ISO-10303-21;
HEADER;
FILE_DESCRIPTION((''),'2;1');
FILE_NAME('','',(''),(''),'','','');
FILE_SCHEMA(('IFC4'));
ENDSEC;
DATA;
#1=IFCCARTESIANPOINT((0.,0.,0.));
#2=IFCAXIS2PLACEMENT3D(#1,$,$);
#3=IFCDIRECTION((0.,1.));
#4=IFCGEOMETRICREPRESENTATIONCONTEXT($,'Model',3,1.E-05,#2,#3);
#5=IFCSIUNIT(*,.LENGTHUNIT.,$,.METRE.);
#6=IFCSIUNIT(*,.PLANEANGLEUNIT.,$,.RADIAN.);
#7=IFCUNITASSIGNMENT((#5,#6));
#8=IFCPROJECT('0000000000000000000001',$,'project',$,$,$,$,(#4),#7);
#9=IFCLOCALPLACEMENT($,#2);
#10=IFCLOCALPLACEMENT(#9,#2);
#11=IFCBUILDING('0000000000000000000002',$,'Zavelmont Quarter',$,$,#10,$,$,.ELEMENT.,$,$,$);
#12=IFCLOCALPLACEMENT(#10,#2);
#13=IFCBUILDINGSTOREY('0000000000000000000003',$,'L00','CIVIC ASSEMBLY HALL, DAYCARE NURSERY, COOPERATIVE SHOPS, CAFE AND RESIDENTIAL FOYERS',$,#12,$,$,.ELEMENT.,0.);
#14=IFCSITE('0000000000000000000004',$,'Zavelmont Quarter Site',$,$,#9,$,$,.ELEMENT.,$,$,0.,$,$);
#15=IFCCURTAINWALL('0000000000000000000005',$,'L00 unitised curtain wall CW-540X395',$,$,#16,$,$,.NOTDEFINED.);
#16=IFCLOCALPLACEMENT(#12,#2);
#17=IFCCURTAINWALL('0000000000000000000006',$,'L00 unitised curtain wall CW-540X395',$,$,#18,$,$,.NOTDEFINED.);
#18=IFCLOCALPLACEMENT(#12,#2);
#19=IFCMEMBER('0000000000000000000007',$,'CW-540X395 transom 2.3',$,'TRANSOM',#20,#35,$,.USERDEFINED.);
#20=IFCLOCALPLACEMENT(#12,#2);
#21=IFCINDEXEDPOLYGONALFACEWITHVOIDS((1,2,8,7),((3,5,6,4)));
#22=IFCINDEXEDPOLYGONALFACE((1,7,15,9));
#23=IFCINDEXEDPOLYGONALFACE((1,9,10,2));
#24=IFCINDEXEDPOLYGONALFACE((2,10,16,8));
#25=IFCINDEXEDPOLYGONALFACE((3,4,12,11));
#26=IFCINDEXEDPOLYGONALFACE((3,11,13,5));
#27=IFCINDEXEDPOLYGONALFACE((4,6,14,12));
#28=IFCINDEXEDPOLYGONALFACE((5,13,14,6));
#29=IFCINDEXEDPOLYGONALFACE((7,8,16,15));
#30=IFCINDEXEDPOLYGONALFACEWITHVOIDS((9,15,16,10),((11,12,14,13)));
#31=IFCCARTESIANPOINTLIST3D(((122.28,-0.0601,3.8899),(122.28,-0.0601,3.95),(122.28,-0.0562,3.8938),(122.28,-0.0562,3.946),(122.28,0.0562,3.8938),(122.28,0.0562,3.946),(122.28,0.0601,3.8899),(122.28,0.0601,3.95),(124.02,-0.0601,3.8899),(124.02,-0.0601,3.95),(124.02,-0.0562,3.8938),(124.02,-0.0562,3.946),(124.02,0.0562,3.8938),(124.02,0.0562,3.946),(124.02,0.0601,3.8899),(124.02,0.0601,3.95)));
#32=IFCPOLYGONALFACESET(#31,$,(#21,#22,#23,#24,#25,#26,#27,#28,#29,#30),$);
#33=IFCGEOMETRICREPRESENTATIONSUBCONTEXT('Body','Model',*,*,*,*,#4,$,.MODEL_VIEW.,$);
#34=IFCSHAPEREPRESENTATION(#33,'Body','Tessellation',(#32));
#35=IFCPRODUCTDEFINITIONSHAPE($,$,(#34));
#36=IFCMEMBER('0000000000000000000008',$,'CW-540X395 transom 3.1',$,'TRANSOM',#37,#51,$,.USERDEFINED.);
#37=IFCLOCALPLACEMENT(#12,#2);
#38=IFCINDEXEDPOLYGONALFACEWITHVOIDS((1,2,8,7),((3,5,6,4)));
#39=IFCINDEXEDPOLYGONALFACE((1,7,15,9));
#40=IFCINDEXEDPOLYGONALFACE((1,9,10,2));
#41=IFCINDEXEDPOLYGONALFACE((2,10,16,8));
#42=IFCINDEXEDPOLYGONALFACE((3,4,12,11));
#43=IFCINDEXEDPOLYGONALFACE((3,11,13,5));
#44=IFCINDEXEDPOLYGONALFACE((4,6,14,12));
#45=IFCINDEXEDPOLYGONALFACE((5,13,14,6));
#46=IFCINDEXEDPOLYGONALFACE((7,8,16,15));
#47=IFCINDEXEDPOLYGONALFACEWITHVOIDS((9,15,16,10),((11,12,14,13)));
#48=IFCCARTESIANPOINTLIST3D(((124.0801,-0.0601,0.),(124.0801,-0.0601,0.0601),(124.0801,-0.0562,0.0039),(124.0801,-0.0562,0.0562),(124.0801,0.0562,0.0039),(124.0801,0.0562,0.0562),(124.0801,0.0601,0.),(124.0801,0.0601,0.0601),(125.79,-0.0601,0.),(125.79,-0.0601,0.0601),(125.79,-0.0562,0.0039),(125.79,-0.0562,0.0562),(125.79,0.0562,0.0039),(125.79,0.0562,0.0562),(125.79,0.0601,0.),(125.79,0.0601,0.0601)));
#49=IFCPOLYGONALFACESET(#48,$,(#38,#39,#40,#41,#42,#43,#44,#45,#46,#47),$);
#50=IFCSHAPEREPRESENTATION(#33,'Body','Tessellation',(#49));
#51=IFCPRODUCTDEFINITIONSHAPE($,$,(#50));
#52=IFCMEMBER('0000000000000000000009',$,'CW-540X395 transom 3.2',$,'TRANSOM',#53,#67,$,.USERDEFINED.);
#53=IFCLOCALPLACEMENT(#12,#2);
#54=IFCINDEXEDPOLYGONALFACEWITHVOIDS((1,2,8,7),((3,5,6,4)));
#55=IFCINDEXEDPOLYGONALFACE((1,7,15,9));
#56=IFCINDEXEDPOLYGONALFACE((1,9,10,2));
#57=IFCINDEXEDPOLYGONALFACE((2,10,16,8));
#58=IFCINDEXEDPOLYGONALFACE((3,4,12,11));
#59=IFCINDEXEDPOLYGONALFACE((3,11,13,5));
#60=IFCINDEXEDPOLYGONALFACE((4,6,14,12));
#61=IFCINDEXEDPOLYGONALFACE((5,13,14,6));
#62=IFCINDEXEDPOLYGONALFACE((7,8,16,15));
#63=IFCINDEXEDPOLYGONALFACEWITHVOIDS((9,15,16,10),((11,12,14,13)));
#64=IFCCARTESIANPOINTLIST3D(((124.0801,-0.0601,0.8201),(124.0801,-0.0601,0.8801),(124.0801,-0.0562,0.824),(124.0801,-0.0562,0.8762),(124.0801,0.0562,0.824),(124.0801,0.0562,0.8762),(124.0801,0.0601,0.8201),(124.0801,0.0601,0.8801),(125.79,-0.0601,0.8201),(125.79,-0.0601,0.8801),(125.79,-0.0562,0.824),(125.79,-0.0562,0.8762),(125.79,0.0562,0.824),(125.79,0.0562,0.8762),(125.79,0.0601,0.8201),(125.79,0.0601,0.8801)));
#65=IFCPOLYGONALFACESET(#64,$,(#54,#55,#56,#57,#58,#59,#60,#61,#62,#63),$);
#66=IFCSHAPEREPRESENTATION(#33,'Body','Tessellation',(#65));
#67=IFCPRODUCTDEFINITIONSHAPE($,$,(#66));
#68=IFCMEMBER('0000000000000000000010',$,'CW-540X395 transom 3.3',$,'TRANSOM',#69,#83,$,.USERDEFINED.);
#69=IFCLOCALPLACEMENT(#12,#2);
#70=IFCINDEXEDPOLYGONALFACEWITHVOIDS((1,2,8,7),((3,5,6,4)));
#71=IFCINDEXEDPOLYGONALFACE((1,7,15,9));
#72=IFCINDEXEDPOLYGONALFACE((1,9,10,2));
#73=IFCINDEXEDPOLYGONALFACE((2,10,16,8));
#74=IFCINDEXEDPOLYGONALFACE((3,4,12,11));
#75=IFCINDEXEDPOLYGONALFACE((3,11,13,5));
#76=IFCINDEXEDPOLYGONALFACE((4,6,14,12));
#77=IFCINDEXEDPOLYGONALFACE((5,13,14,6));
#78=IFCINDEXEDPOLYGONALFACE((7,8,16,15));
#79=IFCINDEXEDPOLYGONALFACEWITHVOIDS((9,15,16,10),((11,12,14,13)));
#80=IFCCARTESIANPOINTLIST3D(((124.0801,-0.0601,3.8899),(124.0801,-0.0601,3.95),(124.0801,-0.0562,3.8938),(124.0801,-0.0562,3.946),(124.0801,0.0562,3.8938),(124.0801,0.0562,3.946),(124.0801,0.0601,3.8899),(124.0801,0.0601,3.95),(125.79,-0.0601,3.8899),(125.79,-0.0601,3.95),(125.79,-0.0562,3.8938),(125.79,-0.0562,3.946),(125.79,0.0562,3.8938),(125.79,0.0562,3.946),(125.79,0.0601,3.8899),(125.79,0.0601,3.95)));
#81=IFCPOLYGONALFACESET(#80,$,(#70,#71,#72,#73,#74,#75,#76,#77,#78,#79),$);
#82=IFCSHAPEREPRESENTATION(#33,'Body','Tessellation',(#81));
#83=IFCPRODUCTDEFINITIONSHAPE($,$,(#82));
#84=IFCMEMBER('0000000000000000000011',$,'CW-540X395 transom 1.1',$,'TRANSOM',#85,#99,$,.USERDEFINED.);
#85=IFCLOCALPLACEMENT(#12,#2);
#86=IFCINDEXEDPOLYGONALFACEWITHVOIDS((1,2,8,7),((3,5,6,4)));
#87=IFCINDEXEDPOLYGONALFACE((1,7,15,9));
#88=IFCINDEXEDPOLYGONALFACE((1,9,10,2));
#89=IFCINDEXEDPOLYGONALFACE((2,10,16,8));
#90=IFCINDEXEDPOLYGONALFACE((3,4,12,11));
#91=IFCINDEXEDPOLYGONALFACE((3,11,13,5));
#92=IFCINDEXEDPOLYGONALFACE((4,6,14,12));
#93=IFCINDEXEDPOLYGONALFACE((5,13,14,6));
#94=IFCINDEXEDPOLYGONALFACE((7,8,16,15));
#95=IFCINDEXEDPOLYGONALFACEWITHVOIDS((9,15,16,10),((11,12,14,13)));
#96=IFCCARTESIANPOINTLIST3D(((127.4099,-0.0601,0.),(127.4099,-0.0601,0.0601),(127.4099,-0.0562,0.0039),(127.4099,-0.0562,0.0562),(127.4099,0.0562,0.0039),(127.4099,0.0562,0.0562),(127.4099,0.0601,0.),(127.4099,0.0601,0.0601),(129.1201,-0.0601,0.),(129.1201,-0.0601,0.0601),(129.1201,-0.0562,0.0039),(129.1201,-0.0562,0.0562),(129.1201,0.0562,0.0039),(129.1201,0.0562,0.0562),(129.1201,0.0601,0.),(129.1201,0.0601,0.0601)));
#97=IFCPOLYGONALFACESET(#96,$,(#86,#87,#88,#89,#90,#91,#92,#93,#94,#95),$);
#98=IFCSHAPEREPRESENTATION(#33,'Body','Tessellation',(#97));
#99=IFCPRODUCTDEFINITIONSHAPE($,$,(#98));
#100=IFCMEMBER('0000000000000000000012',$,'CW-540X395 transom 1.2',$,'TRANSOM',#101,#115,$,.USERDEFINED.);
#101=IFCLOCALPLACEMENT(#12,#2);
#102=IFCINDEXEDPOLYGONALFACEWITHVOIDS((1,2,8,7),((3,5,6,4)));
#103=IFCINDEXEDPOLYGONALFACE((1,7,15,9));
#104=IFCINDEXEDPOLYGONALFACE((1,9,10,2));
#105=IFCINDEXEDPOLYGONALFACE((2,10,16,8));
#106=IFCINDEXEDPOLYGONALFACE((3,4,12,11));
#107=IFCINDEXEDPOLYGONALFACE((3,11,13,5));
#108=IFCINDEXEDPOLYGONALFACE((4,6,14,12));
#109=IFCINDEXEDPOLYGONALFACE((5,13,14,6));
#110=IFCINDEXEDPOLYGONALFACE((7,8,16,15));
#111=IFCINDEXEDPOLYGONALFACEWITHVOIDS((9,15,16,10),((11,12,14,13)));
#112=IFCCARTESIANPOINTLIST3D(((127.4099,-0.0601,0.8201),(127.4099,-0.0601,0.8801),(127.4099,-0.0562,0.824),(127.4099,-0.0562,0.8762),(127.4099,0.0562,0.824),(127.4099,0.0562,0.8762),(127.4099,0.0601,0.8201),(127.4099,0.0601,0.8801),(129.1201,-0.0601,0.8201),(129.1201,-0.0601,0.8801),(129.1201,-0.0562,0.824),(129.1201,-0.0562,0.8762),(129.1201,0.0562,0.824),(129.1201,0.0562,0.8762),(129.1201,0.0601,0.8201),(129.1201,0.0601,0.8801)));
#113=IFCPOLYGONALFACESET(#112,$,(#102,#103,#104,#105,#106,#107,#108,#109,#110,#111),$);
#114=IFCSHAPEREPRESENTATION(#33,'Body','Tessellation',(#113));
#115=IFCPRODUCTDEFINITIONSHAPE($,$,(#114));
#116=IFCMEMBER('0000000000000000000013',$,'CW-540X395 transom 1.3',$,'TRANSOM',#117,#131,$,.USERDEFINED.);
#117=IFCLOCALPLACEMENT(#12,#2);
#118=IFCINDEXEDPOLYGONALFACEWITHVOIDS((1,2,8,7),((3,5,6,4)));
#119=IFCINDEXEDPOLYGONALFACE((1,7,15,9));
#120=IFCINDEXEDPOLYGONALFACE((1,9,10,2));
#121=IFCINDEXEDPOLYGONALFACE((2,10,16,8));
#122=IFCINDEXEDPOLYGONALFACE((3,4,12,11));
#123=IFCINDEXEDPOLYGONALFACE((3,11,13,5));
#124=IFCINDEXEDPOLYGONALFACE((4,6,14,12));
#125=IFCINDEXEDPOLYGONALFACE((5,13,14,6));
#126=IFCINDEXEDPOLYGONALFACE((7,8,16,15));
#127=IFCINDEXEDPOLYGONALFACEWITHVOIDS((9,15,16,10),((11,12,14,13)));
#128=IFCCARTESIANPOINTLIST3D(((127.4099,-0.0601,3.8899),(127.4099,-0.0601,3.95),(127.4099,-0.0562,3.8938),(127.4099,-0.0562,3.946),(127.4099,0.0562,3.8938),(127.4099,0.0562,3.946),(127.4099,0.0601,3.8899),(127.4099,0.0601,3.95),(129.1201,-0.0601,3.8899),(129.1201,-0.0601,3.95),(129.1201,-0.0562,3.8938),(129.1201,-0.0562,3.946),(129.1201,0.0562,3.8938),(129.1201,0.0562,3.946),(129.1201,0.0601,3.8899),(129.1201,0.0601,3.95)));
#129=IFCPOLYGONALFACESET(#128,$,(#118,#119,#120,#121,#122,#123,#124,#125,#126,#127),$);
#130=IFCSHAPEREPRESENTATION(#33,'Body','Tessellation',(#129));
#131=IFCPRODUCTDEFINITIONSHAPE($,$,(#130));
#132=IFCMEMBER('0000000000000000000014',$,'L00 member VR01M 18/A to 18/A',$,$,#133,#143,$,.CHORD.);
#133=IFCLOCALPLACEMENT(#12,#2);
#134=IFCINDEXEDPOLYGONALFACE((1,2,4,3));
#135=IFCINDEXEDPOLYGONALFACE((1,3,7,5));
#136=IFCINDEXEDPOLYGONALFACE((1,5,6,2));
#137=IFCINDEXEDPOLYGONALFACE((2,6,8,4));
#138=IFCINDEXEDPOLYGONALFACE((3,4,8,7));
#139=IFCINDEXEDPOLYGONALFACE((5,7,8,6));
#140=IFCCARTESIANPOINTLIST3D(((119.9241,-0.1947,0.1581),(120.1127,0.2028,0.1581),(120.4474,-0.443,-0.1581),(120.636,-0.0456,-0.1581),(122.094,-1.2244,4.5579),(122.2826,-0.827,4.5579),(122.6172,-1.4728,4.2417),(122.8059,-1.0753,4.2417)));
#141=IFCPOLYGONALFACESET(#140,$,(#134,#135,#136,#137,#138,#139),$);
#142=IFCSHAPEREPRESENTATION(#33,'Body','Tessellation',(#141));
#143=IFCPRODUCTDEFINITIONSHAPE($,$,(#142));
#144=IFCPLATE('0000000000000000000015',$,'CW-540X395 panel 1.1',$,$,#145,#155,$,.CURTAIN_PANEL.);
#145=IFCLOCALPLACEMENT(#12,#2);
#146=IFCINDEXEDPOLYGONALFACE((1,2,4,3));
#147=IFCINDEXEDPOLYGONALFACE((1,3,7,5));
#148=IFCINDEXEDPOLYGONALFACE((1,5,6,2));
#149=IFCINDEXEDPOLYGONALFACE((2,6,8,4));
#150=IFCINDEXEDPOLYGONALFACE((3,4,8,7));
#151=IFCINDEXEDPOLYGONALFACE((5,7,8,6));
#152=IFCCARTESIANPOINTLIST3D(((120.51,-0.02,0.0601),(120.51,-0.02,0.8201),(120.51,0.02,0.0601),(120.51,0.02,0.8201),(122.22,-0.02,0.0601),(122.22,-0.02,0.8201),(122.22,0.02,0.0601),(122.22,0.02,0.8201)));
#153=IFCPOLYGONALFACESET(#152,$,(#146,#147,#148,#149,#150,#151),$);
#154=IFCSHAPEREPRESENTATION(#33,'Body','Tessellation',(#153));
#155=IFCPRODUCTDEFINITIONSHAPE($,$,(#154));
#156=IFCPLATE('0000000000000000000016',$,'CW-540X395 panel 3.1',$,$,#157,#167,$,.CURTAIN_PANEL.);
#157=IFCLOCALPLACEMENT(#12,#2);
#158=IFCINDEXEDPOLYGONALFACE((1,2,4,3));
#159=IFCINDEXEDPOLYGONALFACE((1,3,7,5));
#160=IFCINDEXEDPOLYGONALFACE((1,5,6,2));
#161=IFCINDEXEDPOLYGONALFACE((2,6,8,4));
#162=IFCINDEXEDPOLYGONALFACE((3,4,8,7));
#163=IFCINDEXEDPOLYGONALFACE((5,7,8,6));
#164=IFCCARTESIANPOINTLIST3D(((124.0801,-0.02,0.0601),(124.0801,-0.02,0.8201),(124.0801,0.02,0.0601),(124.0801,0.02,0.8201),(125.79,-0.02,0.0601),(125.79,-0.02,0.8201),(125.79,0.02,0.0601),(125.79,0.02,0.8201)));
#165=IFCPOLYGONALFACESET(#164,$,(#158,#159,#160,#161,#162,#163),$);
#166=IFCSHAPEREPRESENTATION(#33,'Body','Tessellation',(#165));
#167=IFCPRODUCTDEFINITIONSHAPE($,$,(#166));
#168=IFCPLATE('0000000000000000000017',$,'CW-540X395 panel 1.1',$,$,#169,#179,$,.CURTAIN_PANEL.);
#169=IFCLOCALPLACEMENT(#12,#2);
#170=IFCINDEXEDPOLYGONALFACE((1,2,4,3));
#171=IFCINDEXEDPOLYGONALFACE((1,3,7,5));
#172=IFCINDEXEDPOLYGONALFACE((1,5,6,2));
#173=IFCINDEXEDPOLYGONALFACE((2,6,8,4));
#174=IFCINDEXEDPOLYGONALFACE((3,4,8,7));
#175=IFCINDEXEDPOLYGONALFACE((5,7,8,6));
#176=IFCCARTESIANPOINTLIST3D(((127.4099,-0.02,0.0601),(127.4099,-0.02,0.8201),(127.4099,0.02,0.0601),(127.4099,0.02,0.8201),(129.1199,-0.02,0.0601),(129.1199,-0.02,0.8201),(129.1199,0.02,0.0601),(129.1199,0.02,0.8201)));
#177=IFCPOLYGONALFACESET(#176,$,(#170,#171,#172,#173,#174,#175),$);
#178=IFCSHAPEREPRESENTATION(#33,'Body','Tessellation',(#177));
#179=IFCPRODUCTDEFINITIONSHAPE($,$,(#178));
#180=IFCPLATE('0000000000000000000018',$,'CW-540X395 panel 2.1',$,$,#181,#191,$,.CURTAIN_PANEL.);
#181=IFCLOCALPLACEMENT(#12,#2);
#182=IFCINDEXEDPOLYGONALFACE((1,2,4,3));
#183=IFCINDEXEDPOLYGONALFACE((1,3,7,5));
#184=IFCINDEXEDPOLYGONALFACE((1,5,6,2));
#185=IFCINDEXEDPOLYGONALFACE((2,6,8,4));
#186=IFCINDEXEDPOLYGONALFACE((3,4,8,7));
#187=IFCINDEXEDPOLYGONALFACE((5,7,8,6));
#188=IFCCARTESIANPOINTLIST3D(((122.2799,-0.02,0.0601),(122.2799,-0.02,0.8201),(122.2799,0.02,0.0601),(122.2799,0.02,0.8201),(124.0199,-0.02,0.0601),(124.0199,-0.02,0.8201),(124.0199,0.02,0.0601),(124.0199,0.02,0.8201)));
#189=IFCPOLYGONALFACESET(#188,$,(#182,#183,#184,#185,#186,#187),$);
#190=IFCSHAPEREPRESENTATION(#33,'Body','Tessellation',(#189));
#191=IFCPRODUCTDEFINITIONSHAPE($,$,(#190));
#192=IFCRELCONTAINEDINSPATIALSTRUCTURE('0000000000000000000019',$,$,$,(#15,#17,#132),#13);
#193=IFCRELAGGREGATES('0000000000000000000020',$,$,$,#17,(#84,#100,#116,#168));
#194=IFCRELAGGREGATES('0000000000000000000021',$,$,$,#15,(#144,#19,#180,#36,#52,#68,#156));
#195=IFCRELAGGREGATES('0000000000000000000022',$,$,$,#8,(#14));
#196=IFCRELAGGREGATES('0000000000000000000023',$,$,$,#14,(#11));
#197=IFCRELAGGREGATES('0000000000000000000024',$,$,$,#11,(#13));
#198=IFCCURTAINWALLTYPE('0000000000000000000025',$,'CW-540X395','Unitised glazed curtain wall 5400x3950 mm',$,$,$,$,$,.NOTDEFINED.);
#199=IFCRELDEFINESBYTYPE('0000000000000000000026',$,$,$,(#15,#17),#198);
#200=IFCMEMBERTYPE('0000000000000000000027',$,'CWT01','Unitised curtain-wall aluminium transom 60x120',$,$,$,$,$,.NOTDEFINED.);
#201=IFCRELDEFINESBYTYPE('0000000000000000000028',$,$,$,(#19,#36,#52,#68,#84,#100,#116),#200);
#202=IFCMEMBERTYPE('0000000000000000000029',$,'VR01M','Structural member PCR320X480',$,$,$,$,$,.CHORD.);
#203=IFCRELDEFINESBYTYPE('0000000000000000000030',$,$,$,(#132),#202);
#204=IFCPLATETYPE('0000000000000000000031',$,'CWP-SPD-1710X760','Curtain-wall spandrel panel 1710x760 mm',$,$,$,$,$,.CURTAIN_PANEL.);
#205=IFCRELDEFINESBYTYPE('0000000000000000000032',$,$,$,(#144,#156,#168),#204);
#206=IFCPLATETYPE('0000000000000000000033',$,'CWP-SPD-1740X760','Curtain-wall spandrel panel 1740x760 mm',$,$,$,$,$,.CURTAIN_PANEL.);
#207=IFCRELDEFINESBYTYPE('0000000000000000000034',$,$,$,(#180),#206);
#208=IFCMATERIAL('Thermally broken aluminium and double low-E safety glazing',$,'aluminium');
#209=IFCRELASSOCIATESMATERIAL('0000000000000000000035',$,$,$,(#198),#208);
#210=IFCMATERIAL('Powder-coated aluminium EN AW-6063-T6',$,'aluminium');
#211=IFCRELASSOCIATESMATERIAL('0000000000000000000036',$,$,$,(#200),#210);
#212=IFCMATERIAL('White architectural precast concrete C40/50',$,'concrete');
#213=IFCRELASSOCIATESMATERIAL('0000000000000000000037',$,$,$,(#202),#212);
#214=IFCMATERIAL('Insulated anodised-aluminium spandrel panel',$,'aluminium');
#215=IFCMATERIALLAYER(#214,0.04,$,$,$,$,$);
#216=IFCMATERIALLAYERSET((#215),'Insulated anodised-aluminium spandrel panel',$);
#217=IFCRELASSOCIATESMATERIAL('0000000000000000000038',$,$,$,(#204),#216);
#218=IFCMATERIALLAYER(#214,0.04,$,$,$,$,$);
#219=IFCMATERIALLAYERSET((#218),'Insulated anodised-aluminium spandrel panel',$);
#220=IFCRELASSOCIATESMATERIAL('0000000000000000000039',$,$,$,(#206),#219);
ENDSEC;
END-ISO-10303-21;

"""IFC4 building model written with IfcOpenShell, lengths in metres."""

from ifc_helpers import new_model, si_unit, direction, frame, origin, origin_2d, place, context, subcontext, project, spatial, rectangle, hollow_rectangle, extrude, material, layer, layer_set, material_profile, profile_set, type_object, element, aggregate, save


model = new_model("IFC4")

# Units and contexts
model_context = context("Model", 3, precision=1e-05, world=origin(), true_north=direction((0.0, 1.0)))
body_context = subcontext(model_context, "Body", "Model", "MODEL_VIEW")
ifc_project = project(units=[si_unit("LENGTHUNIT", "METRE"), si_unit("PLANEANGLEUNIT", "RADIAN")], contexts=[model_context])

# Site, building, storey
site_placement = place(None, origin())
site = spatial("IfcSite", under=ifc_project, at=site_placement, Name="Zavelmont Quarter Site", CompositionType="ELEMENT", RefElevation=0.0)
building_placement = place(site_placement, origin())
building = spatial("IfcBuilding", under=site, at=building_placement, Name="Zavelmont Quarter", CompositionType="ELEMENT")
storey_placement = place(building_placement, origin())
storey = spatial("IfcBuildingStorey", under=building, at=storey_placement, Name="L00", Description="CIVIC ASSEMBLY HALL, DAYCARE NURSERY, COOPERATIVE SHOPS, CAFE AND RESIDENTIAL FOYERS", CompositionType="ELEMENT", Elevation=0.0)

# Curtain walls
ifc_material_1 = material(Name="Thermally broken aluminium and double low-E safety glazing", Category="aluminium")
curtain_wall_type = type_object("IfcCurtainWallType", Name="CW-540X395", Description="Unitised glazed curtain wall 5400x3950 mm", PredefinedType="NOTDEFINED", material=ifc_material_1)
curtain_wall_1_placement = place(storey_placement, origin())
curtain_wall_1 = element("IfcCurtainWall", 1, at=curtain_wall_1_placement, inside=storey, type_object=curtain_wall_type, Name="L00 unitised curtain wall CW-540X395", PredefinedType="NOTDEFINED")
ifc_material_2 = material(Name="Powder-coated aluminium EN AW-6063-T6", Category="aluminium")
curtain_wall_2_placement = place(storey_placement, origin())
curtain_wall_2 = element("IfcCurtainWall", 2, at=curtain_wall_2_placement, inside=storey, type_object=curtain_wall_type, Name="L00 unitised curtain wall CW-540X395", PredefinedType="NOTDEFINED")

# Members
ifc_material_profile_1 = material_profile(ifc_material_2, hollow_rectangle(XDim=0.1201, YDim=0.0601, WallThickness=0.0039, at=origin_2d()), Name="CWT60X120")
ifc_profile_set_1 = profile_set([ifc_material_profile_1], Name="Powder-coated aluminium EN AW-6063-T6")
member_type_1 = type_object("IfcMemberType", Name="CWT01", Description="Unitised curtain-wall aluminium transom 60x120", PredefinedType="NOTDEFINED", material=ifc_profile_set_1)
member_1_placement = place(storey_placement, frame((122.28, 0.0, 3.9199), z_axis=(1.0, 0.0, 0.0), x_axis=(0.0, 1.0, 0.0)))
member_1 = element("IfcMember", 3, at=member_1_placement, type_object=member_type_1, Name="CW-540X395 transom 2.3", ObjectType="TRANSOM", PredefinedType="USERDEFINED", context=body_context, shape_type="SweptSolid", body=[
    extrude(hollow_rectangle(XDim=0.1201, YDim=0.0601, WallThickness=0.0039, at=origin_2d()), origin(), (0.0, 0.0, 1.0), 1.74),
])
member_2_placement = place(storey_placement, frame((124.0801, 0.0, 0.03), z_axis=(1.0, 0.0, 0.0), x_axis=(0.0, 1.0, 0.0)))
member_2 = element("IfcMember", 4, at=member_2_placement, type_object=member_type_1, Name="CW-540X395 transom 3.1", ObjectType="TRANSOM", PredefinedType="USERDEFINED", context=body_context, shape_type="SweptSolid", body=[
    extrude(hollow_rectangle(XDim=0.1201, YDim=0.0601, WallThickness=0.0039, at=origin_2d()), origin(), (0.0, 0.0, 1.0), 1.71),
])
member_3_placement = place(storey_placement, frame((124.0801, 0.0, 0.8501), z_axis=(1.0, 0.0, 0.0), x_axis=(0.0, 1.0, 0.0)))
member_3 = element("IfcMember", 5, at=member_3_placement, type_object=member_type_1, Name="CW-540X395 transom 3.2", ObjectType="TRANSOM", PredefinedType="USERDEFINED", context=body_context, shape_type="SweptSolid", body=[
    extrude(hollow_rectangle(XDim=0.1201, YDim=0.0601, WallThickness=0.0039, at=origin_2d()), origin(), (0.0, 0.0, 1.0), 1.71),
])
member_4_placement = place(storey_placement, frame((124.0801, 0.0, 3.9199), z_axis=(1.0, 0.0, 0.0), x_axis=(0.0, 1.0, 0.0)))
member_4 = element("IfcMember", 6, at=member_4_placement, type_object=member_type_1, Name="CW-540X395 transom 3.3", ObjectType="TRANSOM", PredefinedType="USERDEFINED", context=body_context, shape_type="SweptSolid", body=[
    extrude(hollow_rectangle(XDim=0.1201, YDim=0.0601, WallThickness=0.0039, at=origin_2d()), origin(), (0.0, 0.0, 1.0), 1.71),
])
member_5_placement = place(storey_placement, frame((127.4099, 0.0, 0.03), z_axis=(1.0, 0.0, 0.0), x_axis=(0.0, 1.0, 0.0)))
member_5 = element("IfcMember", 7, at=member_5_placement, type_object=member_type_1, Name="CW-540X395 transom 1.1", ObjectType="TRANSOM", PredefinedType="USERDEFINED", context=body_context, shape_type="SweptSolid", body=[
    extrude(hollow_rectangle(XDim=0.1201, YDim=0.0601, WallThickness=0.0039, at=origin_2d()), origin(), (0.0, 0.0, 1.0), 1.7102),
])
member_6_placement = place(storey_placement, frame((127.4099, 0.0, 0.8501), z_axis=(1.0, 0.0, 0.0), x_axis=(0.0, 1.0, 0.0)))
member_6 = element("IfcMember", 8, at=member_6_placement, type_object=member_type_1, Name="CW-540X395 transom 1.2", ObjectType="TRANSOM", PredefinedType="USERDEFINED", context=body_context, shape_type="SweptSolid", body=[
    extrude(hollow_rectangle(XDim=0.1201, YDim=0.0601, WallThickness=0.0039, at=origin_2d()), origin(), (0.0, 0.0, 1.0), 1.7102),
])
member_7_placement = place(storey_placement, frame((127.4099, 0.0, 3.9199), z_axis=(1.0, 0.0, 0.0), x_axis=(0.0, 1.0, 0.0)))
member_7 = element("IfcMember", 9, at=member_7_placement, type_object=member_type_1, Name="CW-540X395 transom 1.3", ObjectType="TRANSOM", PredefinedType="USERDEFINED", context=body_context, shape_type="SweptSolid", body=[
    extrude(hollow_rectangle(XDim=0.1201, YDim=0.0601, WallThickness=0.0039, at=origin_2d()), origin(), (0.0, 0.0, 1.0), 1.7102),
])
ifc_material_3 = material(Name="White architectural precast concrete C40/50", Category="concrete")
ifc_material_profile_2 = material_profile(ifc_material_3, rectangle(XDim=0.4399, YDim=0.6599, at=origin_2d()), Name="PCR320X480")
ifc_profile_set_2 = profile_set([ifc_material_profile_2], Name="White architectural precast concrete C40/50")
member_type_2 = type_object("IfcMemberType", Name="VR01M", Description="Structural member PCR320X480", PredefinedType="CHORD", material=ifc_profile_set_2)
member_8_placement = place(storey_placement, frame((120.28, -0.1201, 0.0), z_axis=(0.432876, -0.205431, 0.877734), x_axis=(0.428742, 0.903427, 0.0)))
element("IfcMember", 10, at=member_8_placement, inside=storey, type_object=member_type_2, Name="L00 member VR01M 18/A to 18/A", PredefinedType="CHORD", context=body_context, shape_type="SweptSolid", body=[
    extrude(rectangle(XDim=0.4399, YDim=0.6599, at=origin_2d()), origin(), (0.0, 0.0, 1.0), 5.0127),
])

# Plates
ifc_material_4 = material(Name="Insulated anodised-aluminium spandrel panel", Category="aluminium")
ifc_layer_1 = layer(ifc_material_4, 0.04)
ifc_layer_set_1 = layer_set([ifc_layer_1], Name="Insulated anodised-aluminium spandrel panel")
plate_type_1 = type_object("IfcPlateType", Name="CWP-SPD-1710X760", Description="Curtain-wall spandrel panel 1710x760 mm", PredefinedType="CURTAIN_PANEL", material=ifc_layer_set_1)
plate_1_placement = place(storey_placement, frame((121.365, 0.0, 0.0601), z_axis=(0.0, 0.0, 1.0), x_axis=(1.0, 0.0, 0.0)))
plate_1 = element("IfcPlate", 11, at=plate_1_placement, type_object=plate_type_1, Name="CW-540X395 panel 1.1", PredefinedType="CURTAIN_PANEL", context=body_context, shape_type="SweptSolid", body=[
    extrude(rectangle(XDim=1.71, YDim=0.04, at=origin_2d()), origin(), (0.0, 0.0, 1.0), 0.76),
])
plate_2_placement = place(storey_placement, frame((124.9351, 0.0, 0.0601), z_axis=(0.0, 0.0, 1.0), x_axis=(1.0, 0.0, 0.0)))
plate_2 = element("IfcPlate", 12, at=plate_2_placement, type_object=plate_type_1, Name="CW-540X395 panel 3.1", PredefinedType="CURTAIN_PANEL", context=body_context, shape_type="SweptSolid", body=[
    extrude(rectangle(XDim=1.71, YDim=0.04, at=origin_2d()), origin(), (0.0, 0.0, 1.0), 0.76),
])
plate_3_placement = place(storey_placement, frame((128.2649, 0.0, 0.0601), z_axis=(0.0, 0.0, 1.0), x_axis=(1.0, 0.0, 0.0)))
plate_3 = element("IfcPlate", 13, at=plate_3_placement, type_object=plate_type_1, Name="CW-540X395 panel 1.1", PredefinedType="CURTAIN_PANEL", context=body_context, shape_type="SweptSolid", body=[
    extrude(rectangle(XDim=1.71, YDim=0.04, at=origin_2d()), origin(), (0.0, 0.0, 1.0), 0.76),
])
ifc_layer_2 = layer(ifc_material_4, 0.04)
ifc_layer_set_2 = layer_set([ifc_layer_2], Name="Insulated anodised-aluminium spandrel panel")
plate_type_2 = type_object("IfcPlateType", Name="CWP-SPD-1740X760", Description="Curtain-wall spandrel panel 1740x760 mm", PredefinedType="CURTAIN_PANEL", material=ifc_layer_set_2)
plate_4_placement = place(storey_placement, frame((123.1499, 0.0, 0.0601), z_axis=(0.0, 0.0, 1.0), x_axis=(1.0, 0.0, 0.0)))
plate_4 = element("IfcPlate", 14, at=plate_4_placement, type_object=plate_type_2, Name="CW-540X395 panel 2.1", PredefinedType="CURTAIN_PANEL", context=body_context, shape_type="SweptSolid", body=[
    extrude(rectangle(XDim=1.74, YDim=0.04, at=origin_2d()), origin(), (0.0, 0.0, 1.0), 0.76),
])
aggregate(curtain_wall_2, [member_5, member_6, member_7, plate_3])
aggregate(curtain_wall_1, [plate_1, member_1, plate_4, member_2, member_3, member_4, plate_2])

save(model, "model.ifc")
